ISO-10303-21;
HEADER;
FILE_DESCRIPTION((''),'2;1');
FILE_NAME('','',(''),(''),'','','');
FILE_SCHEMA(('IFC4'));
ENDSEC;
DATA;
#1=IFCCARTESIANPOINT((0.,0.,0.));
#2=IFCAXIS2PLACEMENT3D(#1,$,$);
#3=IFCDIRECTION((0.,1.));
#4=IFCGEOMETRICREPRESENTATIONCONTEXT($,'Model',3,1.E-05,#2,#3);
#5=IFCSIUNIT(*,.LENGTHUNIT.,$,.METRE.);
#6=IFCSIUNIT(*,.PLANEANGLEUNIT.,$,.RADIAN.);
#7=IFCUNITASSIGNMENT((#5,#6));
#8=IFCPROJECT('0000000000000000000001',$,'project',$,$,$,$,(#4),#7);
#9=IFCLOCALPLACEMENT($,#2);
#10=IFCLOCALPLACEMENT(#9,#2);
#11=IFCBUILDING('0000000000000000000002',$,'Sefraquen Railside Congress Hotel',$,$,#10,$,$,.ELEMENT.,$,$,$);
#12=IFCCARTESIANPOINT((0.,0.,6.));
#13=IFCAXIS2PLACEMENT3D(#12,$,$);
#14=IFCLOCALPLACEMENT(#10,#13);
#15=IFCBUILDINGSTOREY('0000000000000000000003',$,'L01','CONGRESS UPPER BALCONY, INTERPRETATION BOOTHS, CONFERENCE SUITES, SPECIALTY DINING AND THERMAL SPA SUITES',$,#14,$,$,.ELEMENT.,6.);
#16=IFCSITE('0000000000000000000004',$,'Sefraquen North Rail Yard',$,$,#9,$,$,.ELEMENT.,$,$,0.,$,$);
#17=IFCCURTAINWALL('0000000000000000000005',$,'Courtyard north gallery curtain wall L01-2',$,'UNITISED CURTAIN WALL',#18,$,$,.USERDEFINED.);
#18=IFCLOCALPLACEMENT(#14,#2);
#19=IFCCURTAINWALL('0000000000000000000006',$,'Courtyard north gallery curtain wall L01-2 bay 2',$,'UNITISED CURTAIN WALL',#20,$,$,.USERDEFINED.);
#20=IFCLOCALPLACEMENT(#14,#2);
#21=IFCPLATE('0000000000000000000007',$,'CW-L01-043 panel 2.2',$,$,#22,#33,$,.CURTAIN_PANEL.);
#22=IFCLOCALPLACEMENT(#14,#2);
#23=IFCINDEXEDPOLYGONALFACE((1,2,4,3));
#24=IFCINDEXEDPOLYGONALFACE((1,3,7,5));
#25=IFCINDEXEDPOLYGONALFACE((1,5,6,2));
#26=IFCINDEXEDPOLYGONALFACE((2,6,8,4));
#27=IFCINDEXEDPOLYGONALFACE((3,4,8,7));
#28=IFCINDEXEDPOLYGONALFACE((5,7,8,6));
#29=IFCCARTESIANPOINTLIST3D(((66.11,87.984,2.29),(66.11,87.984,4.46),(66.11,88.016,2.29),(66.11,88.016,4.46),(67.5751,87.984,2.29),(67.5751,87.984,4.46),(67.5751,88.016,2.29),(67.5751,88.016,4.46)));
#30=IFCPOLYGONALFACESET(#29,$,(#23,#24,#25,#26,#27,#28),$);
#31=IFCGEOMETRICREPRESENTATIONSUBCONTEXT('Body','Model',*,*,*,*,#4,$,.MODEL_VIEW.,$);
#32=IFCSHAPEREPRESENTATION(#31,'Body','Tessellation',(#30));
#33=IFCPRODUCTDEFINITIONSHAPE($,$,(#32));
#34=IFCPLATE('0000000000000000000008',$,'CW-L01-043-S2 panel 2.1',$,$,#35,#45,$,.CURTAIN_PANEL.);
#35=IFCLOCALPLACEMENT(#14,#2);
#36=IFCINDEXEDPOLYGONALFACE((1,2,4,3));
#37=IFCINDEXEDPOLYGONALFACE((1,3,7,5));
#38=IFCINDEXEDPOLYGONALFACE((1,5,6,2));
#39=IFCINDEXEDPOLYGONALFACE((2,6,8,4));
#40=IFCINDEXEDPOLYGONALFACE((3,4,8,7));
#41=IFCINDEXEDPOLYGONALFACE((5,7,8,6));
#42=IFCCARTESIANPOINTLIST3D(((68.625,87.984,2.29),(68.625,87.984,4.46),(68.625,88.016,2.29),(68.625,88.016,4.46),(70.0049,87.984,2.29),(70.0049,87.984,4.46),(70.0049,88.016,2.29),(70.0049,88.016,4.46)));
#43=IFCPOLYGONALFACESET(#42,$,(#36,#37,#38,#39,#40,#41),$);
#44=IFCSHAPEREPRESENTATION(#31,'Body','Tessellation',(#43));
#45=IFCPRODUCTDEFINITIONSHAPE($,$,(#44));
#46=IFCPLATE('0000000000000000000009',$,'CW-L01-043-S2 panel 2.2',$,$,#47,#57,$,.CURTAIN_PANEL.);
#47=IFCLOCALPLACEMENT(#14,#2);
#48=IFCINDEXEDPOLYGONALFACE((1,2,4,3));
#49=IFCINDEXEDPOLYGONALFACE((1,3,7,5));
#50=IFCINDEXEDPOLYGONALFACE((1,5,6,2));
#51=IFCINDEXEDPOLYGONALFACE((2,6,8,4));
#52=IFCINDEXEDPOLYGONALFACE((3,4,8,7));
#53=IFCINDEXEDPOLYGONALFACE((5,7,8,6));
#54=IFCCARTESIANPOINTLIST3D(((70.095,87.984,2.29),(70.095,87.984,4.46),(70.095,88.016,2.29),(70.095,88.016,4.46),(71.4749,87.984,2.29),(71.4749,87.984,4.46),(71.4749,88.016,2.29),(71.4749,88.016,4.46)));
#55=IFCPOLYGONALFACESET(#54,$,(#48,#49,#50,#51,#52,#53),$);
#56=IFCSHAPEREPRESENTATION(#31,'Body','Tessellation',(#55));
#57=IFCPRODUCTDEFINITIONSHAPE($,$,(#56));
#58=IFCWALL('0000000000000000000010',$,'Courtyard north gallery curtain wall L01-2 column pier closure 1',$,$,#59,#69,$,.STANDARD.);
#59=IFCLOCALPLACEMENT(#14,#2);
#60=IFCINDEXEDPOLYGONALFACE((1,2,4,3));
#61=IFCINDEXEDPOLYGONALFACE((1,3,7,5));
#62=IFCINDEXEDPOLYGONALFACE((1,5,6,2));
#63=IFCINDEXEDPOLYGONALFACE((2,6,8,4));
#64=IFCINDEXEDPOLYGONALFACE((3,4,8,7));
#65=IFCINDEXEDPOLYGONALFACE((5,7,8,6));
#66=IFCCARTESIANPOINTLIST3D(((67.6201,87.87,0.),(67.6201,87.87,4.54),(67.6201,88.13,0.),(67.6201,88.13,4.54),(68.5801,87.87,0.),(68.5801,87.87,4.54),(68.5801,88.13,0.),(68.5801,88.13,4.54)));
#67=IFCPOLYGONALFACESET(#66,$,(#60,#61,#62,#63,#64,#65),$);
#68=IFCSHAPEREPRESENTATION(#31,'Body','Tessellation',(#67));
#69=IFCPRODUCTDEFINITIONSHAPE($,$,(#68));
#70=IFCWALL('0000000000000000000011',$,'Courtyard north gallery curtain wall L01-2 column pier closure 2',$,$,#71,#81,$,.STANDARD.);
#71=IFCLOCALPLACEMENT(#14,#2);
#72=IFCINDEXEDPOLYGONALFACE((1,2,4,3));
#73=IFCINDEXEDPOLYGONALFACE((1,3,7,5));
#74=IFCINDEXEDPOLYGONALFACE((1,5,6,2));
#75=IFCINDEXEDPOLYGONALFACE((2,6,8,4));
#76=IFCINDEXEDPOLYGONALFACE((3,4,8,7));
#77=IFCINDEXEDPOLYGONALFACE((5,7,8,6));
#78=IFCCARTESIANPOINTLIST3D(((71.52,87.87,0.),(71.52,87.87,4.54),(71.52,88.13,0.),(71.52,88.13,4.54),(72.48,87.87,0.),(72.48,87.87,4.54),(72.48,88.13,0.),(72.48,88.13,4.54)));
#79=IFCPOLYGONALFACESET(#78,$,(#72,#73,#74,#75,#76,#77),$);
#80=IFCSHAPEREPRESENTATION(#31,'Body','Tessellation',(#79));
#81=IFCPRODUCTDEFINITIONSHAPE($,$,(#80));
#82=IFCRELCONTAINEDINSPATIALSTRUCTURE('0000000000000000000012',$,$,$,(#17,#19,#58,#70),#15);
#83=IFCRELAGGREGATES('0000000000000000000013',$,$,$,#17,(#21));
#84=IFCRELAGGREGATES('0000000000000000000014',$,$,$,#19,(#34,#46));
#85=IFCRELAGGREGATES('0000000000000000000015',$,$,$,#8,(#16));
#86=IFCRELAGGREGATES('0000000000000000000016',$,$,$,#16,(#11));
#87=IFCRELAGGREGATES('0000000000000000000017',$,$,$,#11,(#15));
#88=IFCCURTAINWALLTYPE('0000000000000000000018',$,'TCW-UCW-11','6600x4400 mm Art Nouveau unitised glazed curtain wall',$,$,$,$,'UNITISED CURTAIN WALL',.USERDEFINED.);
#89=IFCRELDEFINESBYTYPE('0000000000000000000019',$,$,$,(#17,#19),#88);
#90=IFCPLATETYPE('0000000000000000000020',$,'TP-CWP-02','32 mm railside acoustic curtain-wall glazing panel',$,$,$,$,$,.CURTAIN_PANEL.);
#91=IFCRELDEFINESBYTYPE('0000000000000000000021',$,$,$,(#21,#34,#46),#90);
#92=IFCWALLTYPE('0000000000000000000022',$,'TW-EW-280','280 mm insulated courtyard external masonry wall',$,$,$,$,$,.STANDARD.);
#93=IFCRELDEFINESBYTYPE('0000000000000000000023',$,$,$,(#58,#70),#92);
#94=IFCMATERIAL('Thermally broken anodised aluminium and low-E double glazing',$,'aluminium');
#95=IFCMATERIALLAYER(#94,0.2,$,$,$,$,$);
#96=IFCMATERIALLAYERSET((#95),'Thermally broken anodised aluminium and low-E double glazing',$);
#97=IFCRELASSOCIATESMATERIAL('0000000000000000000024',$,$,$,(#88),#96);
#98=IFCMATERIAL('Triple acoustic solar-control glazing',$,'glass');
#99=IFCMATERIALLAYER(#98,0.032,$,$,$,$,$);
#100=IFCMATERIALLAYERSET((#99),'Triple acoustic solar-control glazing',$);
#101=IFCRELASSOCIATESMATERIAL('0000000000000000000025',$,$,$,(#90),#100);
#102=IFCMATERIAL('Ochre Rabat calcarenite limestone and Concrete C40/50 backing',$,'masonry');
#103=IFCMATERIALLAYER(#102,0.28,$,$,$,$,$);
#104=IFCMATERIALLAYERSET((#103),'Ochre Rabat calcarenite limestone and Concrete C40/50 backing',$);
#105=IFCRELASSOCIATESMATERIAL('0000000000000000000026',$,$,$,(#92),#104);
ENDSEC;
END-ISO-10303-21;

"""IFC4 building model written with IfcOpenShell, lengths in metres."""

from ifc_helpers import new_model, si_unit, direction, frame, frame_2d, origin, origin_2d, place, context, subcontext, project, spatial, rectangle, extrude, material, layer, layer_set, type_object, element, aggregate, save


model = new_model("IFC4")

# Units and contexts
model_context = context("Model", 3, precision=1e-05, world=origin(), true_north=direction((0.0, 1.0)))
body_context = subcontext(model_context, "Body", "Model", "MODEL_VIEW")
ifc_project = project(units=[si_unit("LENGTHUNIT", "METRE"), si_unit("PLANEANGLEUNIT", "RADIAN")], contexts=[model_context])

# Site, building, storey
site_placement = place(None, origin())
site = spatial("IfcSite", under=ifc_project, at=site_placement, Name="Sefraquen North Rail Yard", CompositionType="ELEMENT", RefElevation=0.0)
building_placement = place(site_placement, origin())
building = spatial("IfcBuilding", under=site, at=building_placement, Name="Sefraquen Railside Congress Hotel", CompositionType="ELEMENT")
storey_placement = place(building_placement, frame((0.0, 0.0, 6.0)))
storey = spatial("IfcBuildingStorey", under=building, at=storey_placement, Name="L01", Description="CONGRESS UPPER BALCONY, INTERPRETATION BOOTHS, CONFERENCE SUITES, SPECIALTY DINING AND THERMAL SPA SUITES", CompositionType="ELEMENT", Elevation=6.0)

# Curtain walls
ifc_material_1 = material(Name="Thermally broken anodised aluminium and low-E double glazing", Category="aluminium")
ifc_layer_1 = layer(ifc_material_1, 0.2)
ifc_layer_set_1 = layer_set([ifc_layer_1], Name="Thermally broken anodised aluminium and low-E double glazing")
curtain_wall_type = type_object("IfcCurtainWallType", Name="TCW-UCW-11", Description="6600x4400 mm Art Nouveau unitised glazed curtain wall", ElementType="UNITISED CURTAIN WALL", PredefinedType="USERDEFINED", material=ifc_layer_set_1)
curtain_wall_1_placement = place(storey_placement, origin())
curtain_wall_1 = element("IfcCurtainWall", 1, at=curtain_wall_1_placement, inside=storey, type_object=curtain_wall_type, Name="Courtyard north gallery curtain wall L01-2", ObjectType="UNITISED CURTAIN WALL", PredefinedType="USERDEFINED")
curtain_wall_2_placement = place(storey_placement, origin())
curtain_wall_2 = element("IfcCurtainWall", 2, at=curtain_wall_2_placement, inside=storey, type_object=curtain_wall_type, Name="Courtyard north gallery curtain wall L01-2 bay 2", ObjectType="UNITISED CURTAIN WALL", PredefinedType="USERDEFINED")

# Plates
ifc_material_2 = material(Name="Triple acoustic solar-control glazing", Category="glass")
ifc_layer_2 = layer(ifc_material_2, 0.032)
ifc_layer_set_2 = layer_set([ifc_layer_2], Name="Triple acoustic solar-control glazing")
plate_type_1 = type_object("IfcPlateType", Name="TP-CWP-02", Description="32 mm railside acoustic curtain-wall glazing panel", PredefinedType="CURTAIN_PANEL", material=ifc_layer_set_2)
plate_1_placement = place(storey_placement, frame((66.8425, 88.0, 2.29), z_axis=(0.0, 0.0, 1.0), x_axis=(1.0, 0.0, 0.0)))
plate_1 = element("IfcPlate", 3, at=plate_1_placement, type_object=plate_type_1, Name="CW-L01-043 panel 2.2", PredefinedType="CURTAIN_PANEL", context=body_context, shape_type="SweptSolid", body=[
    extrude(rectangle(XDim=1.4651, YDim=0.032, at=origin_2d()), origin(), (0.0, 0.0, 1.0), 2.1699),
])
aggregate(curtain_wall_1, [plate_1])
plate_2_placement = place(storey_placement, frame((69.3149, 88.0, 2.29), z_axis=(0.0, 0.0, 1.0), x_axis=(1.0, 0.0, 0.0)))
plate_2 = element("IfcPlate", 4, at=plate_2_placement, type_object=plate_type_1, Name="CW-L01-043-S2 panel 2.1", PredefinedType="CURTAIN_PANEL", context=body_context, shape_type="SweptSolid", body=[
    extrude(rectangle(XDim=1.3799, YDim=0.032, at=origin_2d()), origin(), (0.0, 0.0, 1.0), 2.1699),
])
plate_3_placement = place(storey_placement, frame((70.7849, 88.0, 2.29), z_axis=(0.0, 0.0, 1.0), x_axis=(1.0, 0.0, 0.0)))
plate_3 = element("IfcPlate", 5, at=plate_3_placement, type_object=plate_type_1, Name="CW-L01-043-S2 panel 2.2", PredefinedType="CURTAIN_PANEL", context=body_context, shape_type="SweptSolid", body=[
    extrude(rectangle(XDim=1.3799, YDim=0.032, at=origin_2d()), origin(), (0.0, 0.0, 1.0), 2.1699),
])
aggregate(curtain_wall_2, [plate_2, plate_3])

# Walls
ifc_material_3 = material(Name="Ochre Rabat calcarenite limestone and Concrete C40/50 backing", Category="masonry")
ifc_layer_3 = layer(ifc_material_3, 0.28)
ifc_layer_set_3 = layer_set([ifc_layer_3], Name="Ochre Rabat calcarenite limestone and Concrete C40/50 backing")
wall_type = type_object("IfcWallType", Name="TW-EW-280", Description="280 mm insulated courtyard external masonry wall", PredefinedType="STANDARD", material=ifc_layer_set_3)
for number, where, z_axis, x_axis, name in (
    (6, (67.6201, 88.0, 0.0), (0.0, 0.0, 1.0), (1.0, 0.0, 0.0), "Courtyard north gallery curtain wall L01-2 column pier closure 1"),
    (7, (71.52, 88.0, 0.0), (0.0, 0.0, 1.0), (1.0, 0.0, 0.0), "Courtyard north gallery curtain wall L01-2 column pier closure 2"),
):
    element("IfcWall", number, at=place(storey_placement, frame(where, z_axis=z_axis, x_axis=x_axis)), inside=storey, type_object=wall_type, Name=name, PredefinedType="STANDARD", context=body_context, shape_type="SweptSolid", body=[
        extrude(rectangle(XDim=0.96, YDim=0.26, at=frame_2d((0.48, 0.0))), origin(), (0.0, 0.0, 1.0), 4.54),
    ])

save(model, "model.ifc")
